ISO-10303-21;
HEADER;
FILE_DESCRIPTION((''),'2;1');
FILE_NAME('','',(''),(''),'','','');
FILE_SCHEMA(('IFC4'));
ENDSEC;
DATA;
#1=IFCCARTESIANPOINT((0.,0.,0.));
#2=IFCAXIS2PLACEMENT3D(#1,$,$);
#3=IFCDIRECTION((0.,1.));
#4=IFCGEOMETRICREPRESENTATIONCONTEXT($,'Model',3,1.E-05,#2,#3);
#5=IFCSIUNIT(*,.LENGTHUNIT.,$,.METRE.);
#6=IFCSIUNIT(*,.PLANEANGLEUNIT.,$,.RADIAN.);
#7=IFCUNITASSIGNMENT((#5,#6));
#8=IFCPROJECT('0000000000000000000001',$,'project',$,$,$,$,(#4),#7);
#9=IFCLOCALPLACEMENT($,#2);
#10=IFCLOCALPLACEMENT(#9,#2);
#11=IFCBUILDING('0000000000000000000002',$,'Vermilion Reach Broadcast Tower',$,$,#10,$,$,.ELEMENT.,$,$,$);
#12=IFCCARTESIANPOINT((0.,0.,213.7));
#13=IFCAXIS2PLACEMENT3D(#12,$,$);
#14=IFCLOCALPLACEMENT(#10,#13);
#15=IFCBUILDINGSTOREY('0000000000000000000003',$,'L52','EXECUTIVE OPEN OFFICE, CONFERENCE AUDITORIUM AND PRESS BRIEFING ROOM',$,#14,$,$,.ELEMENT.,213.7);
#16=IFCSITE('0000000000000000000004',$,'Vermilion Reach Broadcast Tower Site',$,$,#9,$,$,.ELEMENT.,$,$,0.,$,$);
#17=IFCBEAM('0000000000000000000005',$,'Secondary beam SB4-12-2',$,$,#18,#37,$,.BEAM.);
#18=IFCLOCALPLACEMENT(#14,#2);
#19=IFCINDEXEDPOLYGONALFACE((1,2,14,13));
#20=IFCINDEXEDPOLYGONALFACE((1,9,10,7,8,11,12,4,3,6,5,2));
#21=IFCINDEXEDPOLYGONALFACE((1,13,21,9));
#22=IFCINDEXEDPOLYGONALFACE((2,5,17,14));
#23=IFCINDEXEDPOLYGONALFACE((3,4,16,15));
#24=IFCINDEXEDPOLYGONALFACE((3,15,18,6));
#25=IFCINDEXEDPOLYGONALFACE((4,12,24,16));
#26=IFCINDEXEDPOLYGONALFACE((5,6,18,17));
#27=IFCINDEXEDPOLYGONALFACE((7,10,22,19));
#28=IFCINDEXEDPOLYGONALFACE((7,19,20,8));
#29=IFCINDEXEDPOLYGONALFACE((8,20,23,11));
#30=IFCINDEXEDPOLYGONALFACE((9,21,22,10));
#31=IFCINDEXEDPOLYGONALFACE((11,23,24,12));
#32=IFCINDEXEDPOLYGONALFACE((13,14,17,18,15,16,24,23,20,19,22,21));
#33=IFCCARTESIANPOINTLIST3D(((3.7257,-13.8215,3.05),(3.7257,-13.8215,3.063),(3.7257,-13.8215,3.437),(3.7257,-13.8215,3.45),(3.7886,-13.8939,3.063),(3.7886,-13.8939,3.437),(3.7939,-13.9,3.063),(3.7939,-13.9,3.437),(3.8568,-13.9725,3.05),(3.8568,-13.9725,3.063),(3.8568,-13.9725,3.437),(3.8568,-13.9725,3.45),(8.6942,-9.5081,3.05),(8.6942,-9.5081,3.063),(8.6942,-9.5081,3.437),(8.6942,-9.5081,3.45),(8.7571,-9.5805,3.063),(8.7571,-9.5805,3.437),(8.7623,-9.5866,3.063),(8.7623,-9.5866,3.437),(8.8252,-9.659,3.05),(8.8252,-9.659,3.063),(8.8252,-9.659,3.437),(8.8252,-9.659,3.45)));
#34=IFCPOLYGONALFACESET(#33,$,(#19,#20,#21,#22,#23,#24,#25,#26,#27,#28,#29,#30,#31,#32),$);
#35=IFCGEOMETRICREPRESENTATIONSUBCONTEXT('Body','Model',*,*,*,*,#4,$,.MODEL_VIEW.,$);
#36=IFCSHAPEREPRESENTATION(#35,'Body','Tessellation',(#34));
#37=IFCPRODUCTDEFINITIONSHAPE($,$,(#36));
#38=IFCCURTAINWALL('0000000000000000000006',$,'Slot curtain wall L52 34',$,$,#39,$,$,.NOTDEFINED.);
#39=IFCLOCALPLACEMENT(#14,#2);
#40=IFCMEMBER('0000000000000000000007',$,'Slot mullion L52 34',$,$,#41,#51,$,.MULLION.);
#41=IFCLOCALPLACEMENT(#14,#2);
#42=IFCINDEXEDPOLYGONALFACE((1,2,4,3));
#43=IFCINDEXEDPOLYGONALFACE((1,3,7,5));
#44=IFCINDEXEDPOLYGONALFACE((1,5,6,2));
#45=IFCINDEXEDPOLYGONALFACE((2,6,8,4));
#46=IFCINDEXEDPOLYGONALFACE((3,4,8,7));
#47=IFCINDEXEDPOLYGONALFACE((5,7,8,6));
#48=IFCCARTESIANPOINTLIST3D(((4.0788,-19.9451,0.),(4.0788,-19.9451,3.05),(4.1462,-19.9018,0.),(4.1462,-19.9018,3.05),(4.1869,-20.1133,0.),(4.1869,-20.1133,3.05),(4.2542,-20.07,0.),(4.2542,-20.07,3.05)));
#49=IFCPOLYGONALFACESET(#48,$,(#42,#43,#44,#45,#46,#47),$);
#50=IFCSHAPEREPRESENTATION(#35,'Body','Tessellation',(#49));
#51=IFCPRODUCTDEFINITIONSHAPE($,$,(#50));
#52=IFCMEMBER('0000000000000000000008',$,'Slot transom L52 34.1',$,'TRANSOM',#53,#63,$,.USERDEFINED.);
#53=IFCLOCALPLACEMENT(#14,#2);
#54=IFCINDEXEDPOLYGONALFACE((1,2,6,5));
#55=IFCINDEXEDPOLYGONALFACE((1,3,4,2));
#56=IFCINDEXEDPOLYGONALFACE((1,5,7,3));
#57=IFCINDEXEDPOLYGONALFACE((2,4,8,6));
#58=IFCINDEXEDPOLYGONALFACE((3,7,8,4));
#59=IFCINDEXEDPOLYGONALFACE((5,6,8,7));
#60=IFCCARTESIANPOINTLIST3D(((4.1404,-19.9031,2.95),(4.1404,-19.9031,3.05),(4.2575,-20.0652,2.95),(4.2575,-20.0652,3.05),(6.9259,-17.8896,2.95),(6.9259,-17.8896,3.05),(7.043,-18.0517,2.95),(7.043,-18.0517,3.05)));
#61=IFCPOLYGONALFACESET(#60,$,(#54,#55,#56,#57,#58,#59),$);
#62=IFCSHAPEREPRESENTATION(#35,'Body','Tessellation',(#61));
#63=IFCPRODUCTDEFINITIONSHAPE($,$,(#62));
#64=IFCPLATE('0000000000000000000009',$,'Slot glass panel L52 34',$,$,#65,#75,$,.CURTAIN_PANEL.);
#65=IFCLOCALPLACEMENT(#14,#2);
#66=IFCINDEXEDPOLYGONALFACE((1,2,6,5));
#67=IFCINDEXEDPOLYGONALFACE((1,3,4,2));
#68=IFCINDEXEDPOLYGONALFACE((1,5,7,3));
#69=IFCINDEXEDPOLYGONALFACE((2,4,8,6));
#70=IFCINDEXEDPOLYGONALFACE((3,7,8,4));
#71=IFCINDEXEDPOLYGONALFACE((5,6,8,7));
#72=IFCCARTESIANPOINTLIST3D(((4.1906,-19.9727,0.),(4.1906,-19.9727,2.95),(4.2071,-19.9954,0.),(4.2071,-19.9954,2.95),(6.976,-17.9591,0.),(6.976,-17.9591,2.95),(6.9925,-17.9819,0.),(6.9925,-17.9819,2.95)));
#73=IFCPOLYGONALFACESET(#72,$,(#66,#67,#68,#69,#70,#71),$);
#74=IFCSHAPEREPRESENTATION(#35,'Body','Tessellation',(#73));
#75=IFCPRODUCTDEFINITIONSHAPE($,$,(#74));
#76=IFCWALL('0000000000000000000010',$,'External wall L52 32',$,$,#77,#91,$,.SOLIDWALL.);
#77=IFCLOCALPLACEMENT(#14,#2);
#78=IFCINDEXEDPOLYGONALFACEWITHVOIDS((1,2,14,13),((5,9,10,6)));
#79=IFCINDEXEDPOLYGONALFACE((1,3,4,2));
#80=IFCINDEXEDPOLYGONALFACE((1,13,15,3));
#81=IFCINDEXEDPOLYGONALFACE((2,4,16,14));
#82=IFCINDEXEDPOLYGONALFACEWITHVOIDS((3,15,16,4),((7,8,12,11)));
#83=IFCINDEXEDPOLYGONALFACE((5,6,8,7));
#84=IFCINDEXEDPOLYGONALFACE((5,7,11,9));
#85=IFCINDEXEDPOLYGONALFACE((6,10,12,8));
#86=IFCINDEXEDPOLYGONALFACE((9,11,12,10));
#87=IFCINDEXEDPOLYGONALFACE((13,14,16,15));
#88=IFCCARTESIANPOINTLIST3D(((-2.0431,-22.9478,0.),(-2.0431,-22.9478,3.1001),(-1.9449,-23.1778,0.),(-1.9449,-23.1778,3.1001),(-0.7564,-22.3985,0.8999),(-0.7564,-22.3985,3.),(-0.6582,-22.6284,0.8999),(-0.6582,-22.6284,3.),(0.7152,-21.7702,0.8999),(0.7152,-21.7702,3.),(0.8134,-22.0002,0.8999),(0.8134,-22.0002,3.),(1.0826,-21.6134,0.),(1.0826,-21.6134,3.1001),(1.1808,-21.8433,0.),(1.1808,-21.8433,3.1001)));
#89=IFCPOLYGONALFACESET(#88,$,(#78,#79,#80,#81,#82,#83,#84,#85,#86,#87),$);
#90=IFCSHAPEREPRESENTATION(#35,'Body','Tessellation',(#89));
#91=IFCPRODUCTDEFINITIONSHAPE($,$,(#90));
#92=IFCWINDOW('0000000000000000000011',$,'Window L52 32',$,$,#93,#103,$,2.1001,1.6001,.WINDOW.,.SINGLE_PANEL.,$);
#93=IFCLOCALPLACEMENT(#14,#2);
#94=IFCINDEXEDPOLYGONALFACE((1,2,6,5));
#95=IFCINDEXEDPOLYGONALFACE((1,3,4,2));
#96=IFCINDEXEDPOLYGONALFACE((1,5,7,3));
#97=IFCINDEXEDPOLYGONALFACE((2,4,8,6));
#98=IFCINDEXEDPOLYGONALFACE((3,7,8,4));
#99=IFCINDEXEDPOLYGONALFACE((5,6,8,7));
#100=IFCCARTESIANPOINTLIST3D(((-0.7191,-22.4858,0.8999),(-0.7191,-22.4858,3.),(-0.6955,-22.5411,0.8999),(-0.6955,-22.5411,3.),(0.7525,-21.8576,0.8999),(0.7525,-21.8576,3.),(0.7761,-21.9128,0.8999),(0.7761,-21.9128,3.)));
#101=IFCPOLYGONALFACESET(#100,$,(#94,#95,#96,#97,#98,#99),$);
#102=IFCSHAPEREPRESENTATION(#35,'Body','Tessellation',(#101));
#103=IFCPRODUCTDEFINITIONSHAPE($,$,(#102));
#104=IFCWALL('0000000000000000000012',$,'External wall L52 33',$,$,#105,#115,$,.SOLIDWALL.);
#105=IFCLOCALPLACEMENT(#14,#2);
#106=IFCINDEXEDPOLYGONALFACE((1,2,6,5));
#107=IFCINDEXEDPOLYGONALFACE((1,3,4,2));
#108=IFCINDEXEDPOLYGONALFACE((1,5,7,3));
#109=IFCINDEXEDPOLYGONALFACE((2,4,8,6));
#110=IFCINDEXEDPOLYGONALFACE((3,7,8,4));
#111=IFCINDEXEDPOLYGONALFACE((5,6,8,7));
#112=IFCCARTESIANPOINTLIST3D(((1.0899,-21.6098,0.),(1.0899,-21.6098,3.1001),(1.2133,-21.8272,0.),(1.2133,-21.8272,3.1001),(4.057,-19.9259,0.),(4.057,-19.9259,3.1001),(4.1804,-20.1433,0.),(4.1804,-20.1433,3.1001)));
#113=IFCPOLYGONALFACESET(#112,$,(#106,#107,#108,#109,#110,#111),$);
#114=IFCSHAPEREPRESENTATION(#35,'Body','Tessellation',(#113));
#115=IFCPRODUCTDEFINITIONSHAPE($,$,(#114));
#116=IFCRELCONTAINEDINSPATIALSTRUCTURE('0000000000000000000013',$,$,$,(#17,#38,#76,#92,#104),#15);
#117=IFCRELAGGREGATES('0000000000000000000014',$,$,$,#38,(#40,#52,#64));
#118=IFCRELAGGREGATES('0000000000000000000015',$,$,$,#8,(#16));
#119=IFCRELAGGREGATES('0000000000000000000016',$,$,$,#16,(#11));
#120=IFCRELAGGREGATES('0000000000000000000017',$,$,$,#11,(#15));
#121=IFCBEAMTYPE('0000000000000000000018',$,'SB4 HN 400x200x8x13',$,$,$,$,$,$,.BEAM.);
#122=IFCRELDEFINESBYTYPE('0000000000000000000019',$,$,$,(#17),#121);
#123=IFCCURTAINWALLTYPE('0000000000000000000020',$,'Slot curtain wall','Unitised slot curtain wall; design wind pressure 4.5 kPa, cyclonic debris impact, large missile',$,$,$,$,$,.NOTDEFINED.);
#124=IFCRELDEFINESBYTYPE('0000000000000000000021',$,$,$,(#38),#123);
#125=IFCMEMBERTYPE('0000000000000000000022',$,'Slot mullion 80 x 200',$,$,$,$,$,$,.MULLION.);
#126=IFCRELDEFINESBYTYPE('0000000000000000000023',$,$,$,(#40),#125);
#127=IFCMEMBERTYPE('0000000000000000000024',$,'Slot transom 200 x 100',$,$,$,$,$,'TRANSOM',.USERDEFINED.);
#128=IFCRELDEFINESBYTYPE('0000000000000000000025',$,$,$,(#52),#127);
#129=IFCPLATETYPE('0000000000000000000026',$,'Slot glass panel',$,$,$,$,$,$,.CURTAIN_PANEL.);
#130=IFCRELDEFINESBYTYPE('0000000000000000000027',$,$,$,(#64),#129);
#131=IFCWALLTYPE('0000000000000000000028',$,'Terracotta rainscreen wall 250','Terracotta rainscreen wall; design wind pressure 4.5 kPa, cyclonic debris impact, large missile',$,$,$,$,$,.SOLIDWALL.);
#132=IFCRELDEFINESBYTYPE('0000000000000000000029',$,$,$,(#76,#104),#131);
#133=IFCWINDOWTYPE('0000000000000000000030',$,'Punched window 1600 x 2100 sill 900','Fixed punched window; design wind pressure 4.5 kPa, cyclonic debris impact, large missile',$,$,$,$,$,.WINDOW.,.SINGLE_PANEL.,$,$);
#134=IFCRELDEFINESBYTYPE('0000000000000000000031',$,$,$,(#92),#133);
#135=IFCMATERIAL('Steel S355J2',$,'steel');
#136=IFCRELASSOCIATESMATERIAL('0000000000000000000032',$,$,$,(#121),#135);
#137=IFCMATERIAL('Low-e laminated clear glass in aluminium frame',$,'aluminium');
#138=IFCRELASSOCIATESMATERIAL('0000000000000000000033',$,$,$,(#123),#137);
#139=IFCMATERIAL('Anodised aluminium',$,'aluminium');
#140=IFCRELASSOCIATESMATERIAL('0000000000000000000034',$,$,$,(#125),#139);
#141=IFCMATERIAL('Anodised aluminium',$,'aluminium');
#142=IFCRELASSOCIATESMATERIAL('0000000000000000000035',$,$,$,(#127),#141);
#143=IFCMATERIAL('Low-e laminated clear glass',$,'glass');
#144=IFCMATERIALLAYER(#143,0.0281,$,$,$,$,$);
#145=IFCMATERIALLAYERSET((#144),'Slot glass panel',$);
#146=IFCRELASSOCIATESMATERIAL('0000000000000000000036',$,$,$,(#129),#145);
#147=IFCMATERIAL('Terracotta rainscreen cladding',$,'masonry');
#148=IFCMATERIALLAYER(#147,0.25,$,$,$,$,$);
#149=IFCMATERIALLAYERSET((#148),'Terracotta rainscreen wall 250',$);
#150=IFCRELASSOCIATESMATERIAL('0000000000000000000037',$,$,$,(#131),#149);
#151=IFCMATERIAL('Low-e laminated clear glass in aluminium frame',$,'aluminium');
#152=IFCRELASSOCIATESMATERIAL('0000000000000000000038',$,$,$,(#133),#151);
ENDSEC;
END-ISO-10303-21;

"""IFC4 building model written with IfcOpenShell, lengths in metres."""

from ifc_helpers import new_model, si_unit, direction, frame, frame_2d, origin, origin_2d, place, context, subcontext, project, spatial, rectangle, i_section, extrude, material, layer, layer_set, material_profile, profile_set, type_object, element, fill, aggregate, save


model = new_model("IFC4")

# Units and contexts
model_context = context("Model", 3, precision=1e-05, world=origin(), true_north=direction((0.0, 1.0)))
body_context = subcontext(model_context, "Body", "Model", "MODEL_VIEW")
ifc_project = project(units=[si_unit("LENGTHUNIT", "METRE"), si_unit("PLANEANGLEUNIT", "RADIAN")], contexts=[model_context])

# Site, building, storey
site_placement = place(None, origin())
site = spatial("IfcSite", under=ifc_project, at=site_placement, Name="Vermilion Reach Broadcast Tower Site", CompositionType="ELEMENT", RefElevation=0.0)
building_placement = place(site_placement, origin())
building = spatial("IfcBuilding", under=site, at=building_placement, Name="Vermilion Reach Broadcast Tower", CompositionType="ELEMENT")
storey_placement = place(building_placement, frame((0.0, 0.0, 213.7)))
storey = spatial("IfcBuildingStorey", under=building, at=storey_placement, Name="L52", Description="EXECUTIVE OPEN OFFICE, CONFERENCE AUDITORIUM AND PRESS BRIEFING ROOM", CompositionType="ELEMENT", Elevation=213.7)

# Beam
ifc_material_1 = material(Name="Steel S355J2", Category="steel")
ifc_material_profile_1 = material_profile(ifc_material_1, i_section(OverallWidth=0.2, OverallDepth=0.3999, WebThickness=0.0081, FlangeThickness=0.0129, at=origin_2d()), Name="S355J2 HN 400x200x8x13")
ifc_profile_set_1 = profile_set([ifc_material_profile_1], Name="Steel S355J2")
beam_type_1 = type_object("IfcBeamType", Name="SB4 HN 400x200x8x13", PredefinedType="BEAM", material=ifc_profile_set_1)
beam_1_placement = place(storey_placement, frame((3.7913, -13.897, 3.25), z_axis=(0.755129, 0.655576, 0.0), x_axis=(-0.655576, 0.755129, 0.0)))
element("IfcBeam", 1, at=beam_1_placement, inside=storey, type_object=beam_type_1, Name="Secondary beam SB4-12-2", PredefinedType="BEAM", context=body_context, shape_type="SweptSolid", body=[
    extrude(i_section(OverallWidth=0.2, OverallDepth=0.3999, WebThickness=0.0081, FlangeThickness=0.0129, at=origin_2d()), origin(), (0.0, 0.0, 1.0), 6.5796),
])

# Curtain wall, members, plate
ifc_material_2 = material(Name="Low-e laminated clear glass in aluminium frame", Category="aluminium")
curtain_wall_type = type_object("IfcCurtainWallType", Name="Slot curtain wall", Description="Unitised slot curtain wall; design wind pressure 4.5 kPa, cyclonic debris impact, large missile", PredefinedType="NOTDEFINED", material=ifc_material_2)
curtain_wall_placement = place(storey_placement, origin())
curtain_wall = element("IfcCurtainWall", 2, at=curtain_wall_placement, inside=storey, type_object=curtain_wall_type, Name="Slot curtain wall L52 34", PredefinedType="NOTDEFINED")
ifc_material_3 = material(Name="Anodised aluminium", Category="aluminium")
ifc_material_profile_2 = material_profile(ifc_material_3, rectangle(XDim=0.2, YDim=0.0801, at=origin_2d()), Name="Slot mullion 80 x 200")
ifc_profile_set_2 = profile_set([ifc_material_profile_2], Name="Anodised aluminium")
member_type_1 = type_object("IfcMemberType", Name="Slot mullion 80 x 200", PredefinedType="MULLION", material=ifc_profile_set_2)
member_1_placement = place(storey_placement, frame((4.1665, -20.0076, 0.0), z_axis=(0.0, 0.0, 1.0), x_axis=(-0.540519, 0.841332, 0.0)))
member_1 = element("IfcMember", 3, at=member_1_placement, type_object=member_type_1, Name="Slot mullion L52 34", PredefinedType="MULLION", context=body_context, shape_type="SweptSolid", body=[
    extrude(rectangle(XDim=0.2, YDim=0.0801, at=origin_2d()), origin(), (0.0, 0.0, 1.0), 3.05),
])
ifc_material_4 = material(Name="Anodised aluminium", Category="aluminium")
ifc_material_profile_3 = material_profile(ifc_material_4, rectangle(XDim=0.2, YDim=0.1001, at=origin_2d()), Name="Slot transom 200 x 100")
ifc_profile_set_3 = profile_set([ifc_material_profile_3], Name="Anodised aluminium")
member_type_2 = type_object("IfcMemberType", Name="Slot transom 200 x 100", ElementType="TRANSOM", PredefinedType="USERDEFINED", material=ifc_profile_set_3)
member_2_placement = place(storey_placement, frame((4.199, -19.9841, 3.0), z_axis=(0.810438, 0.585825, 0.0), x_axis=(-0.585825, 0.810438, 0.0)))
member_2 = element("IfcMember", 4, at=member_2_placement, type_object=member_type_2, Name="Slot transom L52 34.1", ObjectType="TRANSOM", PredefinedType="USERDEFINED", context=body_context, shape_type="SweptSolid", body=[
    extrude(rectangle(XDim=0.2, YDim=0.1001, at=origin_2d()), origin(), (0.0, 0.0, 1.0), 3.437),
])
ifc_material_5 = material(Name="Low-e laminated clear glass", Category="glass")
ifc_layer_1 = layer(ifc_material_5, 0.0281)
ifc_layer_set_1 = layer_set([ifc_layer_1], Name="Slot glass panel")
plate_type = type_object("IfcPlateType", Name="Slot glass panel", PredefinedType="CURTAIN_PANEL", material=ifc_layer_set_1)
plate_placement = place(storey_placement, frame((5.5916, -18.9773, 0.0), z_axis=(0.0, 0.0, 1.0), x_axis=(0.810426, 0.585841, 0.0)))
plate = element("IfcPlate", 5, at=plate_placement, type_object=plate_type, Name="Slot glass panel L52 34", PredefinedType="CURTAIN_PANEL", context=body_context, shape_type="SweptSolid", body=[
    extrude(rectangle(XDim=3.437, YDim=0.0281, at=origin_2d()), origin(), (0.0, 0.0, 1.0), 2.95),
])
aggregate(curtain_wall, [member_1, member_2, plate])

# Wall, opening, window
ifc_material_6 = material(Name="Terracotta rainscreen cladding", Category="masonry")
ifc_layer_2 = layer(ifc_material_6, 0.25)
ifc_layer_set_2 = layer_set([ifc_layer_2], Name="Terracotta rainscreen wall 250")
wall_type = type_object("IfcWallType", Name="Terracotta rainscreen wall 250", Description="Terracotta rainscreen wall; design wind pressure 4.5 kPa, cyclonic debris impact, large missile", PredefinedType="SOLIDWALL", material=ifc_layer_set_2)
wall_1_placement = place(storey_placement, frame((-1.9939, -23.0627, 0.0), z_axis=(0.0, 0.0, 1.0), x_axis=(0.91969, 0.392644, 0.0)))
wall_1 = element("IfcWall", 6, at=wall_1_placement, inside=storey, type_object=wall_type, Name="External wall L52 32", PredefinedType="SOLIDWALL", context=body_context, shape_type="SweptSolid", body=[
    extrude(rectangle(XDim=3.3987, YDim=0.25, at=frame_2d((1.6992, 0.0))), origin(), (0.0, 0.0, 1.0), 3.1001),
])
opening_placement = place(wall_1_placement, frame((1.3989, 0.0, 0.8999)))
opening = element("IfcOpeningElement", 7, at=opening_placement, cuts=wall_1, PredefinedType="OPENING", context=body_context, shape_type="SweptSolid", body=[
    extrude(rectangle(XDim=1.6001, YDim=2.1001, at=frame_2d((0.8, 1.05))), frame((0.0, 0.135, 0.0), z_axis=(0.0, -1.0, 0.0), x_axis=(1.0, 0.0, 0.0)), (0.0, 0.0, 1.0), 0.27),
])
ifc_material_7 = material(Name="Low-e laminated clear glass in aluminium frame", Category="aluminium")
window_type = type_object("IfcWindowType", Name="Punched window 1600 x 2100 sill 900", Description="Fixed punched window; design wind pressure 4.5 kPa, cyclonic debris impact, large missile", PartitioningType="SINGLE_PANEL", PredefinedType="WINDOW", material=ifc_material_7)
window_placement = place(opening_placement, origin())
window = element("IfcWindow", 8, at=window_placement, inside=storey, type_object=window_type, Name="Window L52 32", OverallHeight=2.1001, OverallWidth=1.6001, PartitioningType="SINGLE_PANEL", PredefinedType="WINDOW", context=body_context, shape_type="SweptSolid", body=[
    extrude(rectangle(XDim=1.6001, YDim=2.1001, at=frame_2d((0.8, 1.05))), frame((0.0, 0.03, 0.0), z_axis=(0.0, -1.0, 0.0), x_axis=(1.0, 0.0, 0.0)), (0.0, 0.0, 1.0), 0.0601),
])
fill(opening, window)

# Wall
wall_2_placement = place(storey_placement, frame((1.1516, -21.7185, 0.0), z_axis=(0.0, 0.0, 1.0), x_axis=(0.869706, 0.49357, 0.0)))
element("IfcWall", 9, at=wall_2_placement, inside=storey, type_object=wall_type, Name="External wall L52 33", PredefinedType="SOLIDWALL", context=body_context, shape_type="SweptSolid", body=[
    extrude(rectangle(XDim=3.4116, YDim=0.25, at=frame_2d((1.7058, 0.0))), origin(), (0.0, 0.0, 1.0), 3.1001),
])

save(model, "model.ifc")
